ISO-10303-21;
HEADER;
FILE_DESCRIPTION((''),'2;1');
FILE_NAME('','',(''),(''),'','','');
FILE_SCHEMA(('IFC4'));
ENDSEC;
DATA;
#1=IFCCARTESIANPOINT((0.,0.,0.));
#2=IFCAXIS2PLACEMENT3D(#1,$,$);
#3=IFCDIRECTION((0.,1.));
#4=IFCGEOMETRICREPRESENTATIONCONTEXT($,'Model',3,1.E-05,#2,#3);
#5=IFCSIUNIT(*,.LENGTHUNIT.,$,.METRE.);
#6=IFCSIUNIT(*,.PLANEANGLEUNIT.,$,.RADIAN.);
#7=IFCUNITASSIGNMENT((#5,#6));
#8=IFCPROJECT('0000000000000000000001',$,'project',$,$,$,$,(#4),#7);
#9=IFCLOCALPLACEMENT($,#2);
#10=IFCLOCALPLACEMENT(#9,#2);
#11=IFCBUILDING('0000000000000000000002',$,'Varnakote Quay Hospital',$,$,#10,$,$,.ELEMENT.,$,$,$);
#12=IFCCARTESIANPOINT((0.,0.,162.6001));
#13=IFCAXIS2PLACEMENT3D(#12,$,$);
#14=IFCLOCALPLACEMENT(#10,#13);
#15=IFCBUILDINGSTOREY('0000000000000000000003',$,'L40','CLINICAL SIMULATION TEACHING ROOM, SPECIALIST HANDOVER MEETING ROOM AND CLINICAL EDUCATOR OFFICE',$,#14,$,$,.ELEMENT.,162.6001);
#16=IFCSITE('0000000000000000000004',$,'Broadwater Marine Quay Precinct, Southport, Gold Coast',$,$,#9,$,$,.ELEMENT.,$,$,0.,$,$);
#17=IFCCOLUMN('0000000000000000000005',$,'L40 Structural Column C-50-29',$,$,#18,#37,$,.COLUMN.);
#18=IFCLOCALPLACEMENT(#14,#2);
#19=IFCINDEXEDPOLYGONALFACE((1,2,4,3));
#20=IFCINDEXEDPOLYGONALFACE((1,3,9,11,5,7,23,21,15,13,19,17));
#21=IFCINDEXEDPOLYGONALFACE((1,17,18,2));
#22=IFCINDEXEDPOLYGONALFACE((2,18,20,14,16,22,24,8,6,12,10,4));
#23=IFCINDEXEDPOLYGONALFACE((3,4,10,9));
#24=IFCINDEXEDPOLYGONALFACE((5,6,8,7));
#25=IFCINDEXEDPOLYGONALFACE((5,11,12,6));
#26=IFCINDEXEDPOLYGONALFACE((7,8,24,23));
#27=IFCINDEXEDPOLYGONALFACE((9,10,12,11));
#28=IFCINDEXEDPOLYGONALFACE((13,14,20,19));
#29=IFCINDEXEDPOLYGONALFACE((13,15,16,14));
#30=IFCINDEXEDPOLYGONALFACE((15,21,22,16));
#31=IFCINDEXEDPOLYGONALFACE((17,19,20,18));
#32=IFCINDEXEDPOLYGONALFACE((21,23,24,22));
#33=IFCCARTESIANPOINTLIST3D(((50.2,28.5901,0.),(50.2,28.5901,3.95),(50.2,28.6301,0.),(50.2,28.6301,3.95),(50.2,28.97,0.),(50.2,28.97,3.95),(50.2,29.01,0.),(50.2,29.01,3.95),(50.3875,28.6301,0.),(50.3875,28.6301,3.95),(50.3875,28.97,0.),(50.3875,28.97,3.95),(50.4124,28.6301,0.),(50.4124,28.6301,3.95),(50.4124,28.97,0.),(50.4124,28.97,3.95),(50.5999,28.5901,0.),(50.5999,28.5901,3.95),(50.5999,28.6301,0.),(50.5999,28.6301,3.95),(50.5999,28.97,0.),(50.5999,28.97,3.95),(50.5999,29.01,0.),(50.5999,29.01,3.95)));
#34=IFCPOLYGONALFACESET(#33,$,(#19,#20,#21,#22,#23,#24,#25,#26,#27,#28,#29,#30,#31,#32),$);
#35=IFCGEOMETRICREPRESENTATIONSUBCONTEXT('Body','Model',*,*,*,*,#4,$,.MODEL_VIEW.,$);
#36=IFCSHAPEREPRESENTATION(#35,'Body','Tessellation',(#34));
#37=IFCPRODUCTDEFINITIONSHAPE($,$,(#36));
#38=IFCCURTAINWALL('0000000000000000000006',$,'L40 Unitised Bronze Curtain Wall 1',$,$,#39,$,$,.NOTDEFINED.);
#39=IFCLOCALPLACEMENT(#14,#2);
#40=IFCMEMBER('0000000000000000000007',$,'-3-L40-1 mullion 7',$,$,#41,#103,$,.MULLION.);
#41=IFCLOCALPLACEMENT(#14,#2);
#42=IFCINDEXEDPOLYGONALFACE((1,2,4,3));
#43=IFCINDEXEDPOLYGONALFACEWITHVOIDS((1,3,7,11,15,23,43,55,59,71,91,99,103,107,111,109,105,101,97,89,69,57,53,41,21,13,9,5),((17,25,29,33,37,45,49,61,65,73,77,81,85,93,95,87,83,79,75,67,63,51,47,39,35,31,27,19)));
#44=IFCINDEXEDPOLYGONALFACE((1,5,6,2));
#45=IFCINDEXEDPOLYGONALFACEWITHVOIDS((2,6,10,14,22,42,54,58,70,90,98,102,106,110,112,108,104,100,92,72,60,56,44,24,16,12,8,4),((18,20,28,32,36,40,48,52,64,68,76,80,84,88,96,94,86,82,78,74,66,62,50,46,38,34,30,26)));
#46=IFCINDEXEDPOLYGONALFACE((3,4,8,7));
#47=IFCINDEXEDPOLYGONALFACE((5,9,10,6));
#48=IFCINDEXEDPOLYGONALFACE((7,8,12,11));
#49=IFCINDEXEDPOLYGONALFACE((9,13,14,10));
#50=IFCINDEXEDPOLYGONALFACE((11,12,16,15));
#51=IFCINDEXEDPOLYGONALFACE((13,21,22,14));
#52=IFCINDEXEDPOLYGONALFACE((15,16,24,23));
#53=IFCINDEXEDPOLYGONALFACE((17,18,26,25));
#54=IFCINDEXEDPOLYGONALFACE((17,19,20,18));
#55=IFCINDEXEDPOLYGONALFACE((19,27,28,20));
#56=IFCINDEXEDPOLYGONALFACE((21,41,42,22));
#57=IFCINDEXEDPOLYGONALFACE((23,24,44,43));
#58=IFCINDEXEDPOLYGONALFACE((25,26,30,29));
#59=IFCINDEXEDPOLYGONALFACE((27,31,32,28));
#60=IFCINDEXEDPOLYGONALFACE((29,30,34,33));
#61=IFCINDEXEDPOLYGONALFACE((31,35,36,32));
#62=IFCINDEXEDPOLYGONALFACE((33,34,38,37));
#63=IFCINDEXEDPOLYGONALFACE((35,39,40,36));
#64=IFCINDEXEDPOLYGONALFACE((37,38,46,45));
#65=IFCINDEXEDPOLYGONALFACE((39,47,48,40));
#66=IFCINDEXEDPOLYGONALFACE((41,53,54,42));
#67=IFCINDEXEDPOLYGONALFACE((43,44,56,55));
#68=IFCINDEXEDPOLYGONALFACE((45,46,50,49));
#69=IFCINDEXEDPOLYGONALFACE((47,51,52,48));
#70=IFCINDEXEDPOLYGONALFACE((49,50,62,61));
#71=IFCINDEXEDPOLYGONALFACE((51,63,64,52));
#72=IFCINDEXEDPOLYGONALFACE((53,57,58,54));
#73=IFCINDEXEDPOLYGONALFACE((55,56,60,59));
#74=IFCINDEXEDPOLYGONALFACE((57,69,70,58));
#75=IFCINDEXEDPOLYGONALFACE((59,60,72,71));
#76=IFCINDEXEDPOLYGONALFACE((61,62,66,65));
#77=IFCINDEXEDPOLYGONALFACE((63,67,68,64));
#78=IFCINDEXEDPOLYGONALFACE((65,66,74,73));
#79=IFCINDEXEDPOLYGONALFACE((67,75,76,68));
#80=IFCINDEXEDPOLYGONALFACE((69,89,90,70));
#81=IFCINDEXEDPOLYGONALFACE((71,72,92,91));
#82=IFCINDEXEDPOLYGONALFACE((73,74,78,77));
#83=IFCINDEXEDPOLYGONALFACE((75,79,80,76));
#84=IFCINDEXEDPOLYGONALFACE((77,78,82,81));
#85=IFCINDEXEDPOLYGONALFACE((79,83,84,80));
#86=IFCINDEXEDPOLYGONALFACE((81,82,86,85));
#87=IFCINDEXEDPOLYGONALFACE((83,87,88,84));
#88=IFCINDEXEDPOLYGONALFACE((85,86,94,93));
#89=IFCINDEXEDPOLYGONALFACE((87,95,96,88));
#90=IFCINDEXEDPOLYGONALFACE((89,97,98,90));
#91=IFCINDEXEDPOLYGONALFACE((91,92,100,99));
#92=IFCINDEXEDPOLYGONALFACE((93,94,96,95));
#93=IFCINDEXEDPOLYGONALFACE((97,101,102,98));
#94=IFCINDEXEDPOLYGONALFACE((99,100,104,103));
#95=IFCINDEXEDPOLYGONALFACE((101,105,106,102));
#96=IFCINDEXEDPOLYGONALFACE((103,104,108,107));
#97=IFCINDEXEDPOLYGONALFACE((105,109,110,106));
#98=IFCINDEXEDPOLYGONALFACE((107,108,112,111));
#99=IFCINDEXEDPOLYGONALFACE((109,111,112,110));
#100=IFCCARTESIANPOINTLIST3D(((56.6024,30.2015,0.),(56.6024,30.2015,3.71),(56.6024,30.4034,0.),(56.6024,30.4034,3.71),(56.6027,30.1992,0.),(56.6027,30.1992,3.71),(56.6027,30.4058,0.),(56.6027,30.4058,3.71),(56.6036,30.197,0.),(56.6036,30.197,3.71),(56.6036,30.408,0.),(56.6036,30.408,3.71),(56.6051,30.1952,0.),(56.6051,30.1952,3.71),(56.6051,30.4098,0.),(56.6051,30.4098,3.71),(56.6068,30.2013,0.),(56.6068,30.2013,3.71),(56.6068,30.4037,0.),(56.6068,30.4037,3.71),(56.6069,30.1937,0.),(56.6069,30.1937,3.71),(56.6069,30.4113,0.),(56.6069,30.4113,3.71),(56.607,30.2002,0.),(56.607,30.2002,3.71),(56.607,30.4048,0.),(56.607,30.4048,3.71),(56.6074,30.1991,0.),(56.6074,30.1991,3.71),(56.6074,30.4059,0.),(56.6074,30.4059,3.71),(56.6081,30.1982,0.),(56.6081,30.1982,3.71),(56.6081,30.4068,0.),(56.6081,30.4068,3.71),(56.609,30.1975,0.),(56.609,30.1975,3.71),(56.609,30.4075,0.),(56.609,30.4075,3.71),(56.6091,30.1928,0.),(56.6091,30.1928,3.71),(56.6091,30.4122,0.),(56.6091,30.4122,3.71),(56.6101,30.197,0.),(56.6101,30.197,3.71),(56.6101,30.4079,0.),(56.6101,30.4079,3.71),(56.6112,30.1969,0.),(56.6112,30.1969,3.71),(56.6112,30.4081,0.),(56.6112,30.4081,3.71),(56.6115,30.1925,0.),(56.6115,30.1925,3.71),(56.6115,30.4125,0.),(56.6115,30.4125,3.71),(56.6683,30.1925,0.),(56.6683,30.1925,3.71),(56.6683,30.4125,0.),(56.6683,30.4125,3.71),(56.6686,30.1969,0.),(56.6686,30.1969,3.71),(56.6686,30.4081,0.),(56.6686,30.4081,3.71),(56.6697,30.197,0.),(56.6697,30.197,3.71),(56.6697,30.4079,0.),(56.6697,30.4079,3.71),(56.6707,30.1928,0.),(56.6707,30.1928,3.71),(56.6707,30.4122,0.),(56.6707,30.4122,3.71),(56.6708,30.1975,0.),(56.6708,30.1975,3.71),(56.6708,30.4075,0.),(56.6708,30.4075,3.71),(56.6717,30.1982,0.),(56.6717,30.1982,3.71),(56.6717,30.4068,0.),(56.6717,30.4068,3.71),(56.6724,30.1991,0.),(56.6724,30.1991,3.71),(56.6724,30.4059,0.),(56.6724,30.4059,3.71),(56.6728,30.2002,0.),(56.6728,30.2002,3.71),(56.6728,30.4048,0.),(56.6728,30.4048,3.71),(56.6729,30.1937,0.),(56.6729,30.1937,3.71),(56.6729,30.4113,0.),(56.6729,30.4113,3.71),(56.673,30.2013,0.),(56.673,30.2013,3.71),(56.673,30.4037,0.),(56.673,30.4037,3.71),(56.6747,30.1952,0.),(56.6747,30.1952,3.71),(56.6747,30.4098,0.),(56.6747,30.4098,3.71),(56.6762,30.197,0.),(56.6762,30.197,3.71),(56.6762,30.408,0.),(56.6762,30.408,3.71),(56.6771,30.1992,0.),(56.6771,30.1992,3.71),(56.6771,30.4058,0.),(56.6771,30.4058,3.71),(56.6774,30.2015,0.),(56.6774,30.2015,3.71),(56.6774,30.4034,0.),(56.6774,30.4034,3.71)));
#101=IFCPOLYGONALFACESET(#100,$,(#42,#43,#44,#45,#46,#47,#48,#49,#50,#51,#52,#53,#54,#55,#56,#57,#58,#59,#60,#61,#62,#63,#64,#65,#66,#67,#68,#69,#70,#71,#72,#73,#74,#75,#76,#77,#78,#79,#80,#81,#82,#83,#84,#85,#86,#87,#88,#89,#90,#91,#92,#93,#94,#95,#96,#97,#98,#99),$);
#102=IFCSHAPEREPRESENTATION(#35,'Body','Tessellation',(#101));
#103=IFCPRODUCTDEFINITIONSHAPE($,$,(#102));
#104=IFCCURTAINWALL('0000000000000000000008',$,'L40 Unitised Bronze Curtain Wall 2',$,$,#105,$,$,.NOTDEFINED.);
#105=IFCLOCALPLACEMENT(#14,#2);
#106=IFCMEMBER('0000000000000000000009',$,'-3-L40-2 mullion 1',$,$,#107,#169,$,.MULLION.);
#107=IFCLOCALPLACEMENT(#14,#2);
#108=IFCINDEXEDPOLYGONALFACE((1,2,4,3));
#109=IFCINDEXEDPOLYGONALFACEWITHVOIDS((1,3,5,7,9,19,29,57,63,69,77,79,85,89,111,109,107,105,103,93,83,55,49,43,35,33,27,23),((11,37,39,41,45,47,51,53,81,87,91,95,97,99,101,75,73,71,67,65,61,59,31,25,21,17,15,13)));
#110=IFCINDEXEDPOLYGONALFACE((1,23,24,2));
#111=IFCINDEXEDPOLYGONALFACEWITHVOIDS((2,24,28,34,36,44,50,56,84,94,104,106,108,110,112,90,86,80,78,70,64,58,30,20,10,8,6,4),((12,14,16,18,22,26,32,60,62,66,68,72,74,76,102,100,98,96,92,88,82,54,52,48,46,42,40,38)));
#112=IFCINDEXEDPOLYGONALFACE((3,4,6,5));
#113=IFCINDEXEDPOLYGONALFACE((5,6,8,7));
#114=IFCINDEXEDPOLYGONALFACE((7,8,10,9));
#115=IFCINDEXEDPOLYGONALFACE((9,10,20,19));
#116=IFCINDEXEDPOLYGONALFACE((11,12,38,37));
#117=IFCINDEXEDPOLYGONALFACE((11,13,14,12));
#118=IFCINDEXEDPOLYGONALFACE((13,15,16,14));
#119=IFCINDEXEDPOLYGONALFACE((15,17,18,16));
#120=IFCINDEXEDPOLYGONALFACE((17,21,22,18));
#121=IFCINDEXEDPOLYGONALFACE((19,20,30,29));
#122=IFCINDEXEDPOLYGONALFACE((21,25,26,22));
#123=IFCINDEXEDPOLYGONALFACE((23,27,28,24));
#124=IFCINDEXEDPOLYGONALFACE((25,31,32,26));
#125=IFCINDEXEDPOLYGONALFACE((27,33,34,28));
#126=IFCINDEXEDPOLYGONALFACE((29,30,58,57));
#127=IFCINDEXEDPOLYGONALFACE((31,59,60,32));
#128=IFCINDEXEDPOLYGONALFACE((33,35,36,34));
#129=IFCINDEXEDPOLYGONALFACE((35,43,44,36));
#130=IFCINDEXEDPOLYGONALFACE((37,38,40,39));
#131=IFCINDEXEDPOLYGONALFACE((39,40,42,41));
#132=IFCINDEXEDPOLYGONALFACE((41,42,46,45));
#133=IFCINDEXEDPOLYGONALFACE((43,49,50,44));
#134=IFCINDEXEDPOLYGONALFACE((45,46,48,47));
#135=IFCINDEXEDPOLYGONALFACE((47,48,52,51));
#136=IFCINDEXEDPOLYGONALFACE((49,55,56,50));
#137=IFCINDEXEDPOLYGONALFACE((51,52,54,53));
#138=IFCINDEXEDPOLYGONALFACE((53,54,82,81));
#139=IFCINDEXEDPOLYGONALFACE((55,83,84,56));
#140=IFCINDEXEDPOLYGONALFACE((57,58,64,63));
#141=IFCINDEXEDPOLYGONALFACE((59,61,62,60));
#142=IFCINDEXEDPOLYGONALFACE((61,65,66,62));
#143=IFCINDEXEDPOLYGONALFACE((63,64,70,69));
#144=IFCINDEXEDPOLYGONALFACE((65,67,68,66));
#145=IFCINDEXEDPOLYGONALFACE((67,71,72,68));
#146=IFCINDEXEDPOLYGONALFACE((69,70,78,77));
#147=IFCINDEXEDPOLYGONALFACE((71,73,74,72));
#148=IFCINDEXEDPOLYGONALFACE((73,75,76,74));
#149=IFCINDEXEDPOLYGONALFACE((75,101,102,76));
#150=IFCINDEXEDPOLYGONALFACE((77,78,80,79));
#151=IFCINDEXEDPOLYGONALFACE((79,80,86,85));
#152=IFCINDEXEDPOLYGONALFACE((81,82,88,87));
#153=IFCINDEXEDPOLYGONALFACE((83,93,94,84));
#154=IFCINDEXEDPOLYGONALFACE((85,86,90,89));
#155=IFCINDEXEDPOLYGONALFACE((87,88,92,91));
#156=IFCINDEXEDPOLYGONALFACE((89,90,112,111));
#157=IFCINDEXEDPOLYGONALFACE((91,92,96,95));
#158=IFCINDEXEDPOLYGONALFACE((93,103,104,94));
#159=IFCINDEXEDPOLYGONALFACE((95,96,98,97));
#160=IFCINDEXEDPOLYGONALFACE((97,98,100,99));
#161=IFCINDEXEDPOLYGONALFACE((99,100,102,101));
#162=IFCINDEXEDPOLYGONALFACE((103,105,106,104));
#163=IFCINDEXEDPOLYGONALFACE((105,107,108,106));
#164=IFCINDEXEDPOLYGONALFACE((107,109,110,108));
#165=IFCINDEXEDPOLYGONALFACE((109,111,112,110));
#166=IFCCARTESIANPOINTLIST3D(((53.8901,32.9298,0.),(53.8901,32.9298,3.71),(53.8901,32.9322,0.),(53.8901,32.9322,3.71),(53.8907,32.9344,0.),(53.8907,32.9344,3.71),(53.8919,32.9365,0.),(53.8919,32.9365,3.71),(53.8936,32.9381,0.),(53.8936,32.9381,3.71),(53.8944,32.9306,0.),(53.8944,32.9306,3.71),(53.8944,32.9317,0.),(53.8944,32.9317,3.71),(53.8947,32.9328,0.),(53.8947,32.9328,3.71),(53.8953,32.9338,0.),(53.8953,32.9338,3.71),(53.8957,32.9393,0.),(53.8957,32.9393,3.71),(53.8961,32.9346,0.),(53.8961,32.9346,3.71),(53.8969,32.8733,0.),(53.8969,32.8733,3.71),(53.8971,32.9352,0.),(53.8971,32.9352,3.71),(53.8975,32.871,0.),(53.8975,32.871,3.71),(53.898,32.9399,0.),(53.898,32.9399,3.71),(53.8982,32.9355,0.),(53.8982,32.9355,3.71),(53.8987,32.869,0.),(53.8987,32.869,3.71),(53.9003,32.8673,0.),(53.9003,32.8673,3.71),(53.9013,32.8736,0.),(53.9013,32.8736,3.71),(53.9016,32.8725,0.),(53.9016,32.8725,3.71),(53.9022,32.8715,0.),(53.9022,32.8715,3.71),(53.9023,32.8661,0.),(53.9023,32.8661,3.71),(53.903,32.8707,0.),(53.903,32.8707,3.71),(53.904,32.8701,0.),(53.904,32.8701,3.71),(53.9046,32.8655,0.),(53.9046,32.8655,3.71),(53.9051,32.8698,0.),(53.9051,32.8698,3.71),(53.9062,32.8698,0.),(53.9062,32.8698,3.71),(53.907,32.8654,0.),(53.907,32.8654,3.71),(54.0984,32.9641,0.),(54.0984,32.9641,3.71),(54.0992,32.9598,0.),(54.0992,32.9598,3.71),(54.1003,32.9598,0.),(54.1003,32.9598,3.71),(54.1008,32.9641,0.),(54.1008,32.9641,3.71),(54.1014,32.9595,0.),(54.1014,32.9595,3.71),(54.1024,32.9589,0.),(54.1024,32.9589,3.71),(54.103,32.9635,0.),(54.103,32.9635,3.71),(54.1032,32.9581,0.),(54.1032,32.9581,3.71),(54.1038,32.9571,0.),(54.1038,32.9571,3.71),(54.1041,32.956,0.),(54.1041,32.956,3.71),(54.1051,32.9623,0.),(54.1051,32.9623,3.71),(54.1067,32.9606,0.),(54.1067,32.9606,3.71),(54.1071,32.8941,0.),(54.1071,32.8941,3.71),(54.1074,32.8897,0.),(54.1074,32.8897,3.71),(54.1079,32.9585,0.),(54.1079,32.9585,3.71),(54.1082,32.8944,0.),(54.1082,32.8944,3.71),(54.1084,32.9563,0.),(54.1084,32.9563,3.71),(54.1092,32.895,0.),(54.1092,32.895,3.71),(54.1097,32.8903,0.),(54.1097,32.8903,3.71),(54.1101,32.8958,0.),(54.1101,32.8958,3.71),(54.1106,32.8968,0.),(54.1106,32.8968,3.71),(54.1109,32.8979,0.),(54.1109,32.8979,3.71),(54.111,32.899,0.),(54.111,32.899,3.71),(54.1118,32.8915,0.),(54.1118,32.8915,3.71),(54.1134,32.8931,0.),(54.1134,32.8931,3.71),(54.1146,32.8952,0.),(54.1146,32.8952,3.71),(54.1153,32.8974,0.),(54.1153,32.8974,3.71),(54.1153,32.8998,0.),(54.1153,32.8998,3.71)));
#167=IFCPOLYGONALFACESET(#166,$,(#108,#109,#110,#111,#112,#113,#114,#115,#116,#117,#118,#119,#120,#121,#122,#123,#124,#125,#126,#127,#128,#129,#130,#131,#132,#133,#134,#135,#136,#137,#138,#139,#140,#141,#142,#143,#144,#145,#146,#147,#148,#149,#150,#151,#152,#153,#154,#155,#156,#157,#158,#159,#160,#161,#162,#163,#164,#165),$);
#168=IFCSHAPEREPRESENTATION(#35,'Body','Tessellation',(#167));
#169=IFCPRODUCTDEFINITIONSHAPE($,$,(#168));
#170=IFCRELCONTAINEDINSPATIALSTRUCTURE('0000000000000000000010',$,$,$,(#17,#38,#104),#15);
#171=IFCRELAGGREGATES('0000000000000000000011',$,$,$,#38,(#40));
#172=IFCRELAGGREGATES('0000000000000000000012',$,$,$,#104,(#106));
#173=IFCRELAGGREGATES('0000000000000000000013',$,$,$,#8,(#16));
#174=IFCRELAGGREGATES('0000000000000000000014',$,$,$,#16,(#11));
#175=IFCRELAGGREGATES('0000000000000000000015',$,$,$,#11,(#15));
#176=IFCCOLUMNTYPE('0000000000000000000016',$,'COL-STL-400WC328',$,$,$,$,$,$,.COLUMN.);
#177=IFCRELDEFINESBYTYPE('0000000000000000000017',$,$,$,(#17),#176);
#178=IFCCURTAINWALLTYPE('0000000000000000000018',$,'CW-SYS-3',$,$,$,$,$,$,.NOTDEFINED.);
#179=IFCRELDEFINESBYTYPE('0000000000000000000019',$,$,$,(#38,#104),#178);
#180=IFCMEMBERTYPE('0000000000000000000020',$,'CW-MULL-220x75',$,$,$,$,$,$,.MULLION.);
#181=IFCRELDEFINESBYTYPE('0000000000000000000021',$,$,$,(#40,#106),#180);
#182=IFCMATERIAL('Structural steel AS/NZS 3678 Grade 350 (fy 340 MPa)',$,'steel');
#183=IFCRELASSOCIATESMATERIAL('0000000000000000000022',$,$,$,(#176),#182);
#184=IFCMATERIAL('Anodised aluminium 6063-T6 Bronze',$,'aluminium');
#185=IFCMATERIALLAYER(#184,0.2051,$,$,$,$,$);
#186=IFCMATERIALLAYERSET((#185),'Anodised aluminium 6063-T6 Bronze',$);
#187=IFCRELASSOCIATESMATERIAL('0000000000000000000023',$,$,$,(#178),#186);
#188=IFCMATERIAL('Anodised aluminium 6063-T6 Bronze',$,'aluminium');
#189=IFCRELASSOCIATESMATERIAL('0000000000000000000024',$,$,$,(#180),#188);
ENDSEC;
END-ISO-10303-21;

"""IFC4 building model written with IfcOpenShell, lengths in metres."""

from ifc_helpers import new_model, si_unit, direction, frame, origin, origin_2d, place, context, subcontext, project, spatial, hollow_rectangle, i_section, extrude, material, layer, layer_set, material_profile, profile_set, type_object, element, aggregate, save


model = new_model("IFC4")

# Units and contexts
model_context = context("Model", 3, precision=1e-05, world=origin(), true_north=direction((0.0, 1.0)))
body_context = subcontext(model_context, "Body", "Model", "MODEL_VIEW")
ifc_project = project(units=[si_unit("LENGTHUNIT", "METRE"), si_unit("PLANEANGLEUNIT", "RADIAN")], contexts=[model_context])

# Site, building, storey
site_placement = place(None, origin())
site = spatial("IfcSite", under=ifc_project, at=site_placement, Name="Broadwater Marine Quay Precinct, Southport, Gold Coast", CompositionType="ELEMENT", RefElevation=0.0)
building_placement = place(site_placement, origin())
building = spatial("IfcBuilding", under=site, at=building_placement, Name="Varnakote Quay Hospital", CompositionType="ELEMENT")
storey_placement = place(building_placement, frame((0.0, 0.0, 162.6001)))
storey = spatial("IfcBuildingStorey", under=building, at=storey_placement, Name="L40", Description="CLINICAL SIMULATION TEACHING ROOM, SPECIALIST HANDOVER MEETING ROOM AND CLINICAL EDUCATOR OFFICE", CompositionType="ELEMENT", Elevation=162.6001)

# Column
ifc_material_1 = material(Name="Structural steel AS/NZS 3678 Grade 350 (fy 340 MPa)", Category="steel")
ifc_material_profile_1 = material_profile(ifc_material_1, i_section(OverallWidth=0.3999, OverallDepth=0.4199, WebThickness=0.0249, FlangeThickness=0.04, at=origin_2d()), Name="400WC328")
ifc_profile_set_1 = profile_set([ifc_material_profile_1], Name="Structural steel AS/NZS 3678 Grade 350 (fy 340 MPa)")
column_type = type_object("IfcColumnType", Name="COL-STL-400WC328", PredefinedType="COLUMN", material=ifc_profile_set_1)
column_placement = place(storey_placement, frame((50.3999, 28.8, 0.0), z_axis=(0.0, 0.0, 1.0), x_axis=(1.0, 0.0, 0.0)))
element("IfcColumn", 1, at=column_placement, inside=storey, type_object=column_type, Name="L40 Structural Column C-50-29", PredefinedType="COLUMN", context=body_context, shape_type="SweptSolid", body=[
    extrude(i_section(OverallWidth=0.3999, OverallDepth=0.4199, WebThickness=0.0249, FlangeThickness=0.04, at=origin_2d()), origin(), (0.0, 0.0, 1.0), 3.95),
])

# Curtain wall, member
ifc_material_2 = material(Name="Anodised aluminium 6063-T6 Bronze", Category="aluminium")
ifc_layer_1 = layer(ifc_material_2, 0.2051)
ifc_layer_set_1 = layer_set([ifc_layer_1], Name="Anodised aluminium 6063-T6 Bronze")
curtain_wall_type = type_object("IfcCurtainWallType", Name="CW-SYS-3", PredefinedType="NOTDEFINED", material=ifc_layer_set_1)
curtain_wall_1_placement = place(storey_placement, origin())
curtain_wall_1 = element("IfcCurtainWall", 2, at=curtain_wall_1_placement, inside=storey, type_object=curtain_wall_type, Name="L40 Unitised Bronze Curtain Wall 1", PredefinedType="NOTDEFINED")
ifc_material_3 = material(Name="Anodised aluminium 6063-T6 Bronze", Category="aluminium")
ifc_material_profile_2 = material_profile(ifc_material_3, hollow_rectangle(XDim=0.075, YDim=0.22, WallThickness=0.0044, InnerFilletRadius=0.0044, OuterFilletRadius=0.009, at=origin_2d()), Name="CW-MULL-220x75")
ifc_profile_set_2 = profile_set([ifc_material_profile_2], Name="Anodised aluminium 6063-T6 Bronze")
member_type_1 = type_object("IfcMemberType", Name="CW-MULL-220x75", PredefinedType="MULLION", material=ifc_profile_set_2)
member_1_placement = place(storey_placement, frame((56.6399, 30.3025, 0.0), z_axis=(0.0, 0.0, 1.0), x_axis=(-1.0, 0.0, 0.0)))
member_1 = element("IfcMember", 3, at=member_1_placement, type_object=member_type_1, Name="-3-L40-1 mullion 7", PredefinedType="MULLION", context=body_context, shape_type="SweptSolid", body=[
    extrude(hollow_rectangle(XDim=0.075, YDim=0.22, WallThickness=0.0044, InnerFilletRadius=0.0044, OuterFilletRadius=0.009, at=origin_2d()), origin(), (0.0, 0.0, 1.0), 3.71),
])

# Curtain wall, member
curtain_wall_2_placement = place(storey_placement, origin())
curtain_wall_2 = element("IfcCurtainWall", 4, at=curtain_wall_2_placement, inside=storey, type_object=curtain_wall_type, Name="L40 Unitised Bronze Curtain Wall 2", PredefinedType="NOTDEFINED")
member_2_placement = place(storey_placement, frame((54.0027, 32.9148, 0.0), z_axis=(0.0, 0.0, 1.0), x_axis=(0.120327, -0.992734, 0.0)))
member_2 = element("IfcMember", 5, at=member_2_placement, type_object=member_type_1, Name="-3-L40-2 mullion 1", PredefinedType="MULLION", context=body_context, shape_type="SweptSolid", body=[
    extrude(hollow_rectangle(XDim=0.075, YDim=0.22, WallThickness=0.0044, InnerFilletRadius=0.0044, OuterFilletRadius=0.009, at=origin_2d()), origin(), (0.0, 0.0, 1.0), 3.71),
])

aggregate(curtain_wall_1, [member_1])
aggregate(curtain_wall_2, [member_2])

save(model, "model.ifc")
